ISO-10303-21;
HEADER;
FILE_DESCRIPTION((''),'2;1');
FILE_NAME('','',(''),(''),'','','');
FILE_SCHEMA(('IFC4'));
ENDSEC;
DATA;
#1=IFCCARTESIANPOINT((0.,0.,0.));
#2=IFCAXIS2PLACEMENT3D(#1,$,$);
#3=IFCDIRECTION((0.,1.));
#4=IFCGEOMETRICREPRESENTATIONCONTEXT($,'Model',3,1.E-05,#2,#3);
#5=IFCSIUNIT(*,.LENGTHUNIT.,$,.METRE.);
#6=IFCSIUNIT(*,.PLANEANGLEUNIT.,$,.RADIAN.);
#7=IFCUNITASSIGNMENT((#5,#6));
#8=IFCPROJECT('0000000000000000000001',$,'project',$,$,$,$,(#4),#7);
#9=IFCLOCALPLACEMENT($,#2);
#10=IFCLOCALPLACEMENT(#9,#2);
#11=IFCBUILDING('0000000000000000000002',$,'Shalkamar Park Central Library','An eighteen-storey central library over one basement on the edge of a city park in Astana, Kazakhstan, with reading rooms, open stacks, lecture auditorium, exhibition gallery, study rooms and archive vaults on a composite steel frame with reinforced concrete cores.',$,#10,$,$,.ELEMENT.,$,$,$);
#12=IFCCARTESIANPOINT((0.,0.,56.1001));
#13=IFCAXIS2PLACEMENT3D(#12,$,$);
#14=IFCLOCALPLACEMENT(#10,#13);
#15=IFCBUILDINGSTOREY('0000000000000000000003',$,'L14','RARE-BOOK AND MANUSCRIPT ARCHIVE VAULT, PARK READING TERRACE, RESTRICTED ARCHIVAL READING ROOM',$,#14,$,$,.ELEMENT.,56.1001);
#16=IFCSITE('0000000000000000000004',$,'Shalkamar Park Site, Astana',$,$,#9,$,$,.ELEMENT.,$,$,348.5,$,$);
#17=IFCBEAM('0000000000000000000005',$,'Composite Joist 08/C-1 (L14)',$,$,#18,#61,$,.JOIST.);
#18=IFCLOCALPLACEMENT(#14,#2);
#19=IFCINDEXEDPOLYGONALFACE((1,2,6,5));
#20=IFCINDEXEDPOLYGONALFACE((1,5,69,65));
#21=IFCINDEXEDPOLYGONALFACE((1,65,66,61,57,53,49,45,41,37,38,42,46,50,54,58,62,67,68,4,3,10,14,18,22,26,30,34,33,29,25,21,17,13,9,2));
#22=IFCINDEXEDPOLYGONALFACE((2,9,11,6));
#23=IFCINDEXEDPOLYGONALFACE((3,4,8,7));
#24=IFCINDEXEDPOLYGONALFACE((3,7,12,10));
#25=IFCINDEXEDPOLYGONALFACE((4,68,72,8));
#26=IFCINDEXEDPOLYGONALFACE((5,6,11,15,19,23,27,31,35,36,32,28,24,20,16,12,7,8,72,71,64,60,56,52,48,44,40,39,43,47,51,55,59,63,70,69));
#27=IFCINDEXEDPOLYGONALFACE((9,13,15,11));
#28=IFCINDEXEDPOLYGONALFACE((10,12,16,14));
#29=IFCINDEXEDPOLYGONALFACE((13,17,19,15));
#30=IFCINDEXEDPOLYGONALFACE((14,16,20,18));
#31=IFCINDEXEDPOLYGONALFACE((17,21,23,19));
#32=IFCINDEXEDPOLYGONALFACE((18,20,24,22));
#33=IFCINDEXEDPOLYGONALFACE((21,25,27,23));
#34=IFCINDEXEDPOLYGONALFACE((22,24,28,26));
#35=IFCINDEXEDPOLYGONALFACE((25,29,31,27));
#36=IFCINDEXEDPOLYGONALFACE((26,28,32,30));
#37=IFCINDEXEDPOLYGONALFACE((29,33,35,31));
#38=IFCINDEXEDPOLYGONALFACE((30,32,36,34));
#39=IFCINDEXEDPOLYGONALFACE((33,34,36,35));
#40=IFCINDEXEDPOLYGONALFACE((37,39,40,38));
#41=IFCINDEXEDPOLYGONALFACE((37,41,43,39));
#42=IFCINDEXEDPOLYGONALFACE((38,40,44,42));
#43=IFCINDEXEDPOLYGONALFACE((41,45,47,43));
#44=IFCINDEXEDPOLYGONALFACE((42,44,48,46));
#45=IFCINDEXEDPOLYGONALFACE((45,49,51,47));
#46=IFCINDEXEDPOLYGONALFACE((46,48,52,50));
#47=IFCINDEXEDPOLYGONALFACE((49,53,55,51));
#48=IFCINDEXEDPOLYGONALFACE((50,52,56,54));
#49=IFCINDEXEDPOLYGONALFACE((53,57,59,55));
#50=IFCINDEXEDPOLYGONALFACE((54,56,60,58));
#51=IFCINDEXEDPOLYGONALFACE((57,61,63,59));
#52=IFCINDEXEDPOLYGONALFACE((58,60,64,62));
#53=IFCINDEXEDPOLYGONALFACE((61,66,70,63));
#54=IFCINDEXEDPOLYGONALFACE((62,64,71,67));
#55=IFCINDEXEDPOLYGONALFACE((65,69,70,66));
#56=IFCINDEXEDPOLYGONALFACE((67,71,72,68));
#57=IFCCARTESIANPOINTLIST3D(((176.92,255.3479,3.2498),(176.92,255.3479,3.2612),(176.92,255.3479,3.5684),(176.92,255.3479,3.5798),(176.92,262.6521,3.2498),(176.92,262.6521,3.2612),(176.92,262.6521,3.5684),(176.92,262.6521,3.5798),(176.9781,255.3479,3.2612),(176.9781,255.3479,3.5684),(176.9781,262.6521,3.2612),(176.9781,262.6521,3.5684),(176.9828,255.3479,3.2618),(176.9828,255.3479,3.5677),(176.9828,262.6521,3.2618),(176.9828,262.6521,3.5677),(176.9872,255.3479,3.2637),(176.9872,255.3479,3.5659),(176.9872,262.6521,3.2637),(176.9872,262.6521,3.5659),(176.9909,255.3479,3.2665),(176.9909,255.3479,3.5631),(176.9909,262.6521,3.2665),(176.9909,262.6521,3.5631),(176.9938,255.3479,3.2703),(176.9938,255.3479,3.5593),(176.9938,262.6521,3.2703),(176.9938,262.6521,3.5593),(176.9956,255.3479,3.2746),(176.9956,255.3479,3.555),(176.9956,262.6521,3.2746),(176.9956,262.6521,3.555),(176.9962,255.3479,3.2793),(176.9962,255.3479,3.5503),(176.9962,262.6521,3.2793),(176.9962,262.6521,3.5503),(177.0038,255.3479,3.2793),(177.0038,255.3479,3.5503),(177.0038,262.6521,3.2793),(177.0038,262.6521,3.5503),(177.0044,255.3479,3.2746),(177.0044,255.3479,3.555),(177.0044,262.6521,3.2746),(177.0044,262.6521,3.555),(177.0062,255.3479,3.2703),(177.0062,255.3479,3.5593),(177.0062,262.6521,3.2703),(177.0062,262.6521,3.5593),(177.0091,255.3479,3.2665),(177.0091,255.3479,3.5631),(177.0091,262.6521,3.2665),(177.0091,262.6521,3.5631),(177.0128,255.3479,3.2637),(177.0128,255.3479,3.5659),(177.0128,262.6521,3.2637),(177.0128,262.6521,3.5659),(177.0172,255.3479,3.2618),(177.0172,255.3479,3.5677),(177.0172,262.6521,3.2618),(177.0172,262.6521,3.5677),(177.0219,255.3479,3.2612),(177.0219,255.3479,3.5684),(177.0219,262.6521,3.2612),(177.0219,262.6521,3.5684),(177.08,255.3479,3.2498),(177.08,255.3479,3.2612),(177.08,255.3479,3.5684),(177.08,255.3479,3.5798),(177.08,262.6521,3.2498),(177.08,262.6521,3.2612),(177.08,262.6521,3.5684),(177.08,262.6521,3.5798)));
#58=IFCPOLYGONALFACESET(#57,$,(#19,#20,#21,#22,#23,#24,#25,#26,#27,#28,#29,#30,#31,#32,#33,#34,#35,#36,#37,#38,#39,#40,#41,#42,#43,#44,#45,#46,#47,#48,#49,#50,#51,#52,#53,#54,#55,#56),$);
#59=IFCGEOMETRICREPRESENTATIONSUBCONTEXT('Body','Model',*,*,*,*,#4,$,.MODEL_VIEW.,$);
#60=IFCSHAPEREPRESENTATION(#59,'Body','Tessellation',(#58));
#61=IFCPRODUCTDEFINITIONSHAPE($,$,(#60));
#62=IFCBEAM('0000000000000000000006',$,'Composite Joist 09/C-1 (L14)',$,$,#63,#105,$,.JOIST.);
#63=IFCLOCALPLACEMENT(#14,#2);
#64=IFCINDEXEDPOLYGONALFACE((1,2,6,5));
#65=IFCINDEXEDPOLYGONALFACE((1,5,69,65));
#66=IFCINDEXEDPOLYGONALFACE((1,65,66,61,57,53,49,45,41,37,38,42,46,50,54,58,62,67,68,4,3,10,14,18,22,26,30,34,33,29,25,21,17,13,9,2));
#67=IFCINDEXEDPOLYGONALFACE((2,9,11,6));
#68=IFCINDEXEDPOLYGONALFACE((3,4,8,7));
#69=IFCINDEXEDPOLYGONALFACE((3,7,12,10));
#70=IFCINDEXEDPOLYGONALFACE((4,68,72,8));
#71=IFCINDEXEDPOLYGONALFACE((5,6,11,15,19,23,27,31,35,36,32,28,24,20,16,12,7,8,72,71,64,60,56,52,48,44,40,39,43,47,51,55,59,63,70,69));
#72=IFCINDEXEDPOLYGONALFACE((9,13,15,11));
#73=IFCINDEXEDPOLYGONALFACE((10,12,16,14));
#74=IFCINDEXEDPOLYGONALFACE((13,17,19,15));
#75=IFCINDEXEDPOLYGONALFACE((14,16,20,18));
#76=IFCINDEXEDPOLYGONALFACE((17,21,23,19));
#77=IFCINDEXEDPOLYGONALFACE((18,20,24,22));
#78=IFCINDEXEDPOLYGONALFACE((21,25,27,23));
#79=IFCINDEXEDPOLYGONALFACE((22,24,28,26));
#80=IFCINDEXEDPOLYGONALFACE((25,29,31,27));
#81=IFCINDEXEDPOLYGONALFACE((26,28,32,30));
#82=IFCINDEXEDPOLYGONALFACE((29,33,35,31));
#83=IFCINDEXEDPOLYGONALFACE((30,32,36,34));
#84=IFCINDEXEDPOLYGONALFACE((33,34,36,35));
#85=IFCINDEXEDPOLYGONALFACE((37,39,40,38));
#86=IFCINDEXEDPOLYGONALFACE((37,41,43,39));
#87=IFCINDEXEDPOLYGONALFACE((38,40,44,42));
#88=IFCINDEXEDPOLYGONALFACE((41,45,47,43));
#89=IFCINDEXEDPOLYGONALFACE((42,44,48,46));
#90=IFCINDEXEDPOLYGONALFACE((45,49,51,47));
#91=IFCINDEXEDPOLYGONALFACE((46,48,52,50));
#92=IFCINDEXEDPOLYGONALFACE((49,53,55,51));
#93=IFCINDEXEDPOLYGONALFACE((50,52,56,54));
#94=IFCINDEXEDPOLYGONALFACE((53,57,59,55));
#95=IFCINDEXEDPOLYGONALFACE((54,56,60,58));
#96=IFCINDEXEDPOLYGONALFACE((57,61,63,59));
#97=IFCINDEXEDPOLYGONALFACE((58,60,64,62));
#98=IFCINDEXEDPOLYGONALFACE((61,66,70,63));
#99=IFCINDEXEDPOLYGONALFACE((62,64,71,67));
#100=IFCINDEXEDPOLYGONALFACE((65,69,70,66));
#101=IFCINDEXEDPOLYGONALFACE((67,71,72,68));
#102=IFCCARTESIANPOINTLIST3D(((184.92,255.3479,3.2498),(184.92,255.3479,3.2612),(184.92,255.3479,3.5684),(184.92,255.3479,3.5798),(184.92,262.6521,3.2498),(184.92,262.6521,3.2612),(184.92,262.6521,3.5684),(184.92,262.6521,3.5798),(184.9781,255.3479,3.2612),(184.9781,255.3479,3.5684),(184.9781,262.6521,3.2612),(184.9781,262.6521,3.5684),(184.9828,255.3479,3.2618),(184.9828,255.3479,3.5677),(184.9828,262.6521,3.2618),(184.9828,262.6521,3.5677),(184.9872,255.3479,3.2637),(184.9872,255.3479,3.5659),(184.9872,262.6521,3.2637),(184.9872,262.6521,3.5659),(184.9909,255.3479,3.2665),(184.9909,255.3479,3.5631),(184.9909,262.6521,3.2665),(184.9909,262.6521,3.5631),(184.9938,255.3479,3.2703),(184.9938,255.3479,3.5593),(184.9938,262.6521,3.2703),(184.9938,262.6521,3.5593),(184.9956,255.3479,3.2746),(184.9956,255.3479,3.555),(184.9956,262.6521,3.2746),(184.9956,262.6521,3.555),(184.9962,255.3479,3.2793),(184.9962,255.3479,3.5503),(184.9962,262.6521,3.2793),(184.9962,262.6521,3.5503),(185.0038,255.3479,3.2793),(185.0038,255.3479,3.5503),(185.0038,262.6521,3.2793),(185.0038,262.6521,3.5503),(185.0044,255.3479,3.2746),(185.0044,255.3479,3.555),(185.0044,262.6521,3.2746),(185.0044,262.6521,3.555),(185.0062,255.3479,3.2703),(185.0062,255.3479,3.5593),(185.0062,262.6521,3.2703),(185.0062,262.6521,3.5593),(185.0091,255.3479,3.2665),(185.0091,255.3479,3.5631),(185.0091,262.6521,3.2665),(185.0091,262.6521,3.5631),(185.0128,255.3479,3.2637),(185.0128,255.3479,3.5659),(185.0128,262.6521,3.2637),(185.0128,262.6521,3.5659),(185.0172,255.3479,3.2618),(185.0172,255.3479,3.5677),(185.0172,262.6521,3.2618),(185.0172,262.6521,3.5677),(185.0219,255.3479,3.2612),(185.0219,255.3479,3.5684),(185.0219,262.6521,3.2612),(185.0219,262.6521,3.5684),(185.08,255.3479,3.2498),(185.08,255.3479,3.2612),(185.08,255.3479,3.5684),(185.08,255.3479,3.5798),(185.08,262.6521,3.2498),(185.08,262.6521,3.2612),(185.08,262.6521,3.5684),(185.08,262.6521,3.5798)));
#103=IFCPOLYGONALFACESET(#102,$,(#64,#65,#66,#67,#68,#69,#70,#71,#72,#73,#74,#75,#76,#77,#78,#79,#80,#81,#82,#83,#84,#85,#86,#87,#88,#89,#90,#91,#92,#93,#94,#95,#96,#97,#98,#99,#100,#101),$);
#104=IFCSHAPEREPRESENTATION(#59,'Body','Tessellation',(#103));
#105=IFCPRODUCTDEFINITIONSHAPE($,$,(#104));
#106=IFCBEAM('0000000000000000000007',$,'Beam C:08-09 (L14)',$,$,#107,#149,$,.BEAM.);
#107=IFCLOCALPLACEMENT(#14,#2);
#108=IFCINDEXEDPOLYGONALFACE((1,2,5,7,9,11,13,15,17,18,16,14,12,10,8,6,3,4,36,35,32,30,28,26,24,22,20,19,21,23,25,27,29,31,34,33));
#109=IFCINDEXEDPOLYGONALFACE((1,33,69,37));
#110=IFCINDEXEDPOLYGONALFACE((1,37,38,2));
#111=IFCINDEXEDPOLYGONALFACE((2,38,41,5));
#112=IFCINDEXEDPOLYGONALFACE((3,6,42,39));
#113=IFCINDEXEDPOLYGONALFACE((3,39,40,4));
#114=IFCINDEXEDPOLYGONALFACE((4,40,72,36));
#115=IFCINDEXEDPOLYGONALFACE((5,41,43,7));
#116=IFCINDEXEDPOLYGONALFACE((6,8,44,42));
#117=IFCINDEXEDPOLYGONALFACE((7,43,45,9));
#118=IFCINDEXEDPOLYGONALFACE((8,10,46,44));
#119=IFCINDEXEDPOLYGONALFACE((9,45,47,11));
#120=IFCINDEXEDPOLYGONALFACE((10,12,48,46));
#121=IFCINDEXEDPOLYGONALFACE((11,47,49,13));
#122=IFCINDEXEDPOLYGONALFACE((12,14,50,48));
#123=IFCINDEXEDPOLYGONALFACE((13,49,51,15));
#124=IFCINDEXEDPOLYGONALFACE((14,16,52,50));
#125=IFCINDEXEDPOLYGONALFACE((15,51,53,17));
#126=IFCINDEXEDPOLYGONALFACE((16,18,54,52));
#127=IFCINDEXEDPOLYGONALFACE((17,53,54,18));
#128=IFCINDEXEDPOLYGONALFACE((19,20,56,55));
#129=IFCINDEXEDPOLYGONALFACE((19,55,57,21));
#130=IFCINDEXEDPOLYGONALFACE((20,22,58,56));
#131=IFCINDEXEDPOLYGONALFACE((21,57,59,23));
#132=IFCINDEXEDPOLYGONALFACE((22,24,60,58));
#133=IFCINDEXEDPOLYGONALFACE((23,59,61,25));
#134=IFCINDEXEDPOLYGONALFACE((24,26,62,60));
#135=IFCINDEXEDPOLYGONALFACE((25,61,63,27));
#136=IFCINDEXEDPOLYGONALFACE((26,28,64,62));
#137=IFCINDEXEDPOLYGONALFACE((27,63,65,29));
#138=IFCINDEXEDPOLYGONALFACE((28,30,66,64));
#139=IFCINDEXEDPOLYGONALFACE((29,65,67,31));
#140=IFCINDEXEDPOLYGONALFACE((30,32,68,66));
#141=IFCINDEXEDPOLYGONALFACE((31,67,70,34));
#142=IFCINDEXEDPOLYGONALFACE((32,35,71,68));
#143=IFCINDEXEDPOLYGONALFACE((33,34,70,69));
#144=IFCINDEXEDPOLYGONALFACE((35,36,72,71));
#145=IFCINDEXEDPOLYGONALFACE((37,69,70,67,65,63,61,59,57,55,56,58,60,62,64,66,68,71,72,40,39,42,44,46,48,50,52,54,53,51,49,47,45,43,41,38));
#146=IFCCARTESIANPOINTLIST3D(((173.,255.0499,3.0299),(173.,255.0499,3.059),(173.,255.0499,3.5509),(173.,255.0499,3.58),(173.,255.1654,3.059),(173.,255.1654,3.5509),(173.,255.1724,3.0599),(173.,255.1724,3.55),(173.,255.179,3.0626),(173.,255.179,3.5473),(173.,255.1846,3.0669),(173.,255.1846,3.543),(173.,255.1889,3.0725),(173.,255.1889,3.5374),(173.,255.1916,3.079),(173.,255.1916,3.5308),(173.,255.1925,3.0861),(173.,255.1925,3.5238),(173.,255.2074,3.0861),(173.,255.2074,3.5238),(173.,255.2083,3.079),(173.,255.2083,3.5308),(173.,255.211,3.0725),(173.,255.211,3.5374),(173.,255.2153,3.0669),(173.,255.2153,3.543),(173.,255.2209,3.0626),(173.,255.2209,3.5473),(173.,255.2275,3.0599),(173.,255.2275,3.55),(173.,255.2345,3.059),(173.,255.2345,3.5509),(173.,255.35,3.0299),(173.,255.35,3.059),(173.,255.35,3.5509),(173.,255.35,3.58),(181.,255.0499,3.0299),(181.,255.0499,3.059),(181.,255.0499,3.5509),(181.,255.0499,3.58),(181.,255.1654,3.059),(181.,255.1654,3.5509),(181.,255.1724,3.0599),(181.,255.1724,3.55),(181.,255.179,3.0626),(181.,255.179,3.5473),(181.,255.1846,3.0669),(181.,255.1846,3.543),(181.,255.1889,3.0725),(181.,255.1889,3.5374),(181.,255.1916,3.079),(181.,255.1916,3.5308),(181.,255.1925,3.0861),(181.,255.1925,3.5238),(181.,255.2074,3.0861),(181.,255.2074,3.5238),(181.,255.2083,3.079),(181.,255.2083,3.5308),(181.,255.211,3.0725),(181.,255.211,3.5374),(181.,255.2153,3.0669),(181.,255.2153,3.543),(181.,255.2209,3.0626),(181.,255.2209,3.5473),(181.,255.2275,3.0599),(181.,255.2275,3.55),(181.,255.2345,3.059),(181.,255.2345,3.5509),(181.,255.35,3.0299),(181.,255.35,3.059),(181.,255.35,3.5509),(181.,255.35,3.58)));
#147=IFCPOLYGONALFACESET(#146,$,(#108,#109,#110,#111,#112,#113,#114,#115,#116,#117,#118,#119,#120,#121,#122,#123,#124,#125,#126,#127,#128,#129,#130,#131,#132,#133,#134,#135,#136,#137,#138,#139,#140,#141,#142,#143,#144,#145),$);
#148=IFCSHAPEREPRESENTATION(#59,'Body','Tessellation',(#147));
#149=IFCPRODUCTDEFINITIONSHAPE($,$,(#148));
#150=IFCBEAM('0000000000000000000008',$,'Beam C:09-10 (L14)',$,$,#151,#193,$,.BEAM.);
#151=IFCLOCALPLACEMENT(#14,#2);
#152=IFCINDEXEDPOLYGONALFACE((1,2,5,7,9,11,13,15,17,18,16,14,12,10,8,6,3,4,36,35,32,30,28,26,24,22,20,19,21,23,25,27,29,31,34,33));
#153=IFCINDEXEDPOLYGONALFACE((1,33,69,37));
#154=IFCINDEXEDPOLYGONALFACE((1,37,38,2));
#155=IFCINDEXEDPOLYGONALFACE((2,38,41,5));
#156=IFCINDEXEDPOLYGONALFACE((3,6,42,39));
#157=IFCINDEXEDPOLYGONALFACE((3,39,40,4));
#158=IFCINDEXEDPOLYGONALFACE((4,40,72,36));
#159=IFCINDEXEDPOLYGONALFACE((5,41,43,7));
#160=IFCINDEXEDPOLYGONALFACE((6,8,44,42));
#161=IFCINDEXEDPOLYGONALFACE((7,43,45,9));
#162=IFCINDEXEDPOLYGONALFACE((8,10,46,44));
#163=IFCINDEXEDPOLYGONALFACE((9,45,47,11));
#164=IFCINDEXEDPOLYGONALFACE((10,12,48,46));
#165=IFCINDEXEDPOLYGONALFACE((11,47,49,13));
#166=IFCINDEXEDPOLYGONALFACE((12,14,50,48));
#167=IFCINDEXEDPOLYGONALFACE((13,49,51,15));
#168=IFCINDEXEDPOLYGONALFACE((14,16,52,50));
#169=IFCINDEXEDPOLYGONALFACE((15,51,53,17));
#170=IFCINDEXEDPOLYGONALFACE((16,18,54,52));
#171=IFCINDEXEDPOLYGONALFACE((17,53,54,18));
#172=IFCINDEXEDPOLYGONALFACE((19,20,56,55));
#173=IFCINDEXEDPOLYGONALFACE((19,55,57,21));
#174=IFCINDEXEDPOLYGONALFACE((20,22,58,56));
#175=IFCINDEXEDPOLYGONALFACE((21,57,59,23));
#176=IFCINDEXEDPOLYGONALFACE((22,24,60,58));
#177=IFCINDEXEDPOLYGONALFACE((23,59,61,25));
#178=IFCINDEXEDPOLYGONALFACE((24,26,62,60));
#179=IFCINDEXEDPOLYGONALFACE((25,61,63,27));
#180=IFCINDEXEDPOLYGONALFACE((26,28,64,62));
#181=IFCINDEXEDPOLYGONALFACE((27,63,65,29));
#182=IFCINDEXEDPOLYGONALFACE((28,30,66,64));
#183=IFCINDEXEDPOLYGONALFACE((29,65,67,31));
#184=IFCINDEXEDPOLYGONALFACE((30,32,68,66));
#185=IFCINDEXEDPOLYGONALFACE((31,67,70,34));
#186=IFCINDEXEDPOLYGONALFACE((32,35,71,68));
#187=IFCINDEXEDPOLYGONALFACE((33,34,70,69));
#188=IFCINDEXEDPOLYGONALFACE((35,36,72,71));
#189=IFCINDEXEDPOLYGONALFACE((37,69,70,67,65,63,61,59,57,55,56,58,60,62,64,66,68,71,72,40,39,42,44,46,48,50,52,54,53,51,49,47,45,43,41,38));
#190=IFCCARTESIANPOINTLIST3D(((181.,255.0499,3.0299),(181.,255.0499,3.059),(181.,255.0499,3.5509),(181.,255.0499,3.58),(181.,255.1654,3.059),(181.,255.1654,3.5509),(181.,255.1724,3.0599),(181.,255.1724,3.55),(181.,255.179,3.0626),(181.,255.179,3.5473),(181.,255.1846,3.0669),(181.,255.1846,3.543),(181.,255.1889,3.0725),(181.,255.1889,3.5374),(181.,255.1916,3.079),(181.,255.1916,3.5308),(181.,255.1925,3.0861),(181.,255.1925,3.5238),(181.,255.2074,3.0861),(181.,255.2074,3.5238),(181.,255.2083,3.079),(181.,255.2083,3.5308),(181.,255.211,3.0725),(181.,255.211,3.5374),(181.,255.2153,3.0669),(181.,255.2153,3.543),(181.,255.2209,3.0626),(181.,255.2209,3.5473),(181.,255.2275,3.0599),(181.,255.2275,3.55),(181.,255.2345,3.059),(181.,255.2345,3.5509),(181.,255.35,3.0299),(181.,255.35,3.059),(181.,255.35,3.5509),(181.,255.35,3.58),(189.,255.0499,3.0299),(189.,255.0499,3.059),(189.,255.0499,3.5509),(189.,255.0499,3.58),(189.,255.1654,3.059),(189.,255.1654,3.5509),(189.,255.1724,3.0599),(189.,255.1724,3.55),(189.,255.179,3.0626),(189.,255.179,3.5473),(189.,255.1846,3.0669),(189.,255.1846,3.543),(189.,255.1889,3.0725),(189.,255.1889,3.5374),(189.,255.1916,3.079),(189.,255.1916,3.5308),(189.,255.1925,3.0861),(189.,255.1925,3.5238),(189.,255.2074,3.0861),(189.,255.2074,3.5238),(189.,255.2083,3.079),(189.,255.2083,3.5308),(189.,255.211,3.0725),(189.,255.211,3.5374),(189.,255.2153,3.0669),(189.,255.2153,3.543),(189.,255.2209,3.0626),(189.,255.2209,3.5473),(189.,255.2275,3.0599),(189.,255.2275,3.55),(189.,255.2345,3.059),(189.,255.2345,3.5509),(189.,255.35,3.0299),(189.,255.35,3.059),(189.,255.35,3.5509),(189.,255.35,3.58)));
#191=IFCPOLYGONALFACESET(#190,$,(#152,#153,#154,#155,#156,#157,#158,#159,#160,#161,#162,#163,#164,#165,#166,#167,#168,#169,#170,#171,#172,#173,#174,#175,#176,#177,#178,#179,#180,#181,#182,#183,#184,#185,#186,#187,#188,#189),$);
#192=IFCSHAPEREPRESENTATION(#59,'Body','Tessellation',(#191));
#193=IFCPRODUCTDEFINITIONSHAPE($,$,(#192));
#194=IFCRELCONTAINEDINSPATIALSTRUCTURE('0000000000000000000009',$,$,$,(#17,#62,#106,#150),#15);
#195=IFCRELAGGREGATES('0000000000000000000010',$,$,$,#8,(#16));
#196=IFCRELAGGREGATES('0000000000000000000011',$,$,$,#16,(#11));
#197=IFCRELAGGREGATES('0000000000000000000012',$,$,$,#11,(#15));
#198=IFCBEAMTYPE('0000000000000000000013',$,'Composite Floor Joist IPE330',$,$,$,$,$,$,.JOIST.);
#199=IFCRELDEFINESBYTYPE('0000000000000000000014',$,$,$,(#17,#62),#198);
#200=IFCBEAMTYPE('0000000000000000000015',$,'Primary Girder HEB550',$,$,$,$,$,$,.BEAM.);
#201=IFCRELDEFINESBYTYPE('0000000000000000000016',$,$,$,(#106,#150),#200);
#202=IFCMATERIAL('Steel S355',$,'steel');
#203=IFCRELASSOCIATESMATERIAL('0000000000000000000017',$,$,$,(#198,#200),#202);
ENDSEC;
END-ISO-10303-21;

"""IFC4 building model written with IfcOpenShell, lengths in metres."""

from ifc_helpers import new_model, si_unit, direction, frame, origin, origin_2d, place, context, subcontext, project, spatial, i_section, extrude, material, material_profile, profile_set, type_object, element, save


model = new_model("IFC4")

# Units and contexts
model_context = context("Model", 3, precision=1e-05, world=origin(), true_north=direction((0.0, 1.0)))
body_context = subcontext(model_context, "Body", "Model", "MODEL_VIEW")
ifc_project = project(units=[si_unit("LENGTHUNIT", "METRE"), si_unit("PLANEANGLEUNIT", "RADIAN")], contexts=[model_context])

# Site, building, storey
site_placement = place(None, origin())
site = spatial("IfcSite", under=ifc_project, at=site_placement, Name="Shalkamar Park Site, Astana", CompositionType="ELEMENT", RefElevation=348.5)
building_placement = place(site_placement, origin())
building = spatial("IfcBuilding", under=site, at=building_placement, Name="Shalkamar Park Central Library", Description="An eighteen-storey central library over one basement on the edge of a city park in Astana, Kazakhstan, with reading rooms, open stacks, lecture auditorium, exhibition gallery, study rooms and archive vaults on a composite steel frame with reinforced concrete cores.", CompositionType="ELEMENT")
storey_placement = place(building_placement, frame((0.0, 0.0, 56.1001)))
storey = spatial("IfcBuildingStorey", under=building, at=storey_placement, Name="L14", Description="RARE-BOOK AND MANUSCRIPT ARCHIVE VAULT, PARK READING TERRACE, RESTRICTED ARCHIVAL READING ROOM", CompositionType="ELEMENT", Elevation=56.1001)

# Shared definitions
ifc_material_1 = material(Name="Steel S355", Category="steel")

# Beams
ifc_material_profile_1 = material_profile(ifc_material_1, i_section(OverallWidth=0.1599, OverallDepth=0.3301, WebThickness=0.0076, FlangeThickness=0.0115, FilletRadius=0.0181, at=origin_2d()), Name="IPE 330")
ifc_profile_set_1 = profile_set([ifc_material_profile_1], Name="Steel S355")
beam_type_1 = type_object("IfcBeamType", Name="Composite Floor Joist IPE330", PredefinedType="JOIST", material=ifc_profile_set_1)
for number, where, z_axis, x_axis, name in (
    (1, (177.0, 255.3479, 3.4148), (0.0, 1.0, 0.0), (-1.0, 0.0, 0.0), "Composite Joist 08/C-1 (L14)"),
    (2, (185.0, 255.3479, 3.4148), (0.0, 1.0, 0.0), (-1.0, 0.0, 0.0), "Composite Joist 09/C-1 (L14)"),
):
    element("IfcBeam", number, at=place(storey_placement, frame(where, z_axis=z_axis, x_axis=x_axis)), inside=storey, type_object=beam_type_1, Name=name, PredefinedType="JOIST", context=body_context, shape_type="SweptSolid", body=[
        extrude(i_section(OverallWidth=0.1599, OverallDepth=0.3301, WebThickness=0.0076, FlangeThickness=0.0115, FilletRadius=0.0181, at=origin_2d()), origin(), (0.0, 0.0, 1.0), 7.3042),
    ])
ifc_material_profile_2 = material_profile(ifc_material_1, i_section(OverallWidth=0.3, OverallDepth=0.55, WebThickness=0.0149, FlangeThickness=0.0291, FilletRadius=0.0271, at=origin_2d()), Name="HEB 550")
ifc_profile_set_2 = profile_set([ifc_material_profile_2], Name="Steel S355")
beam_type_2 = type_object("IfcBeamType", Name="Primary Girder HEB550", PredefinedType="BEAM", material=ifc_profile_set_2)
for number, where, z_axis, x_axis, name in (
    (3, (173.0, 255.2, 3.3049), (1.0, 0.0, 0.0), (0.0, 1.0, 0.0), "Beam C:08-09 (L14)"),
    (4, (181.0, 255.2, 3.3049), (1.0, 0.0, 0.0), (0.0, 1.0, 0.0), "Beam C:09-10 (L14)"),
):
    element("IfcBeam", number, at=place(storey_placement, frame(where, z_axis=z_axis, x_axis=x_axis)), inside=storey, type_object=beam_type_2, Name=name, PredefinedType="BEAM", context=body_context, shape_type="SweptSolid", body=[
        extrude(i_section(OverallWidth=0.3, OverallDepth=0.55, WebThickness=0.0149, FlangeThickness=0.0291, FilletRadius=0.0271, at=origin_2d()), origin(), (0.0, 0.0, 1.0), 8.0),
    ])

save(model, "model.ifc")
